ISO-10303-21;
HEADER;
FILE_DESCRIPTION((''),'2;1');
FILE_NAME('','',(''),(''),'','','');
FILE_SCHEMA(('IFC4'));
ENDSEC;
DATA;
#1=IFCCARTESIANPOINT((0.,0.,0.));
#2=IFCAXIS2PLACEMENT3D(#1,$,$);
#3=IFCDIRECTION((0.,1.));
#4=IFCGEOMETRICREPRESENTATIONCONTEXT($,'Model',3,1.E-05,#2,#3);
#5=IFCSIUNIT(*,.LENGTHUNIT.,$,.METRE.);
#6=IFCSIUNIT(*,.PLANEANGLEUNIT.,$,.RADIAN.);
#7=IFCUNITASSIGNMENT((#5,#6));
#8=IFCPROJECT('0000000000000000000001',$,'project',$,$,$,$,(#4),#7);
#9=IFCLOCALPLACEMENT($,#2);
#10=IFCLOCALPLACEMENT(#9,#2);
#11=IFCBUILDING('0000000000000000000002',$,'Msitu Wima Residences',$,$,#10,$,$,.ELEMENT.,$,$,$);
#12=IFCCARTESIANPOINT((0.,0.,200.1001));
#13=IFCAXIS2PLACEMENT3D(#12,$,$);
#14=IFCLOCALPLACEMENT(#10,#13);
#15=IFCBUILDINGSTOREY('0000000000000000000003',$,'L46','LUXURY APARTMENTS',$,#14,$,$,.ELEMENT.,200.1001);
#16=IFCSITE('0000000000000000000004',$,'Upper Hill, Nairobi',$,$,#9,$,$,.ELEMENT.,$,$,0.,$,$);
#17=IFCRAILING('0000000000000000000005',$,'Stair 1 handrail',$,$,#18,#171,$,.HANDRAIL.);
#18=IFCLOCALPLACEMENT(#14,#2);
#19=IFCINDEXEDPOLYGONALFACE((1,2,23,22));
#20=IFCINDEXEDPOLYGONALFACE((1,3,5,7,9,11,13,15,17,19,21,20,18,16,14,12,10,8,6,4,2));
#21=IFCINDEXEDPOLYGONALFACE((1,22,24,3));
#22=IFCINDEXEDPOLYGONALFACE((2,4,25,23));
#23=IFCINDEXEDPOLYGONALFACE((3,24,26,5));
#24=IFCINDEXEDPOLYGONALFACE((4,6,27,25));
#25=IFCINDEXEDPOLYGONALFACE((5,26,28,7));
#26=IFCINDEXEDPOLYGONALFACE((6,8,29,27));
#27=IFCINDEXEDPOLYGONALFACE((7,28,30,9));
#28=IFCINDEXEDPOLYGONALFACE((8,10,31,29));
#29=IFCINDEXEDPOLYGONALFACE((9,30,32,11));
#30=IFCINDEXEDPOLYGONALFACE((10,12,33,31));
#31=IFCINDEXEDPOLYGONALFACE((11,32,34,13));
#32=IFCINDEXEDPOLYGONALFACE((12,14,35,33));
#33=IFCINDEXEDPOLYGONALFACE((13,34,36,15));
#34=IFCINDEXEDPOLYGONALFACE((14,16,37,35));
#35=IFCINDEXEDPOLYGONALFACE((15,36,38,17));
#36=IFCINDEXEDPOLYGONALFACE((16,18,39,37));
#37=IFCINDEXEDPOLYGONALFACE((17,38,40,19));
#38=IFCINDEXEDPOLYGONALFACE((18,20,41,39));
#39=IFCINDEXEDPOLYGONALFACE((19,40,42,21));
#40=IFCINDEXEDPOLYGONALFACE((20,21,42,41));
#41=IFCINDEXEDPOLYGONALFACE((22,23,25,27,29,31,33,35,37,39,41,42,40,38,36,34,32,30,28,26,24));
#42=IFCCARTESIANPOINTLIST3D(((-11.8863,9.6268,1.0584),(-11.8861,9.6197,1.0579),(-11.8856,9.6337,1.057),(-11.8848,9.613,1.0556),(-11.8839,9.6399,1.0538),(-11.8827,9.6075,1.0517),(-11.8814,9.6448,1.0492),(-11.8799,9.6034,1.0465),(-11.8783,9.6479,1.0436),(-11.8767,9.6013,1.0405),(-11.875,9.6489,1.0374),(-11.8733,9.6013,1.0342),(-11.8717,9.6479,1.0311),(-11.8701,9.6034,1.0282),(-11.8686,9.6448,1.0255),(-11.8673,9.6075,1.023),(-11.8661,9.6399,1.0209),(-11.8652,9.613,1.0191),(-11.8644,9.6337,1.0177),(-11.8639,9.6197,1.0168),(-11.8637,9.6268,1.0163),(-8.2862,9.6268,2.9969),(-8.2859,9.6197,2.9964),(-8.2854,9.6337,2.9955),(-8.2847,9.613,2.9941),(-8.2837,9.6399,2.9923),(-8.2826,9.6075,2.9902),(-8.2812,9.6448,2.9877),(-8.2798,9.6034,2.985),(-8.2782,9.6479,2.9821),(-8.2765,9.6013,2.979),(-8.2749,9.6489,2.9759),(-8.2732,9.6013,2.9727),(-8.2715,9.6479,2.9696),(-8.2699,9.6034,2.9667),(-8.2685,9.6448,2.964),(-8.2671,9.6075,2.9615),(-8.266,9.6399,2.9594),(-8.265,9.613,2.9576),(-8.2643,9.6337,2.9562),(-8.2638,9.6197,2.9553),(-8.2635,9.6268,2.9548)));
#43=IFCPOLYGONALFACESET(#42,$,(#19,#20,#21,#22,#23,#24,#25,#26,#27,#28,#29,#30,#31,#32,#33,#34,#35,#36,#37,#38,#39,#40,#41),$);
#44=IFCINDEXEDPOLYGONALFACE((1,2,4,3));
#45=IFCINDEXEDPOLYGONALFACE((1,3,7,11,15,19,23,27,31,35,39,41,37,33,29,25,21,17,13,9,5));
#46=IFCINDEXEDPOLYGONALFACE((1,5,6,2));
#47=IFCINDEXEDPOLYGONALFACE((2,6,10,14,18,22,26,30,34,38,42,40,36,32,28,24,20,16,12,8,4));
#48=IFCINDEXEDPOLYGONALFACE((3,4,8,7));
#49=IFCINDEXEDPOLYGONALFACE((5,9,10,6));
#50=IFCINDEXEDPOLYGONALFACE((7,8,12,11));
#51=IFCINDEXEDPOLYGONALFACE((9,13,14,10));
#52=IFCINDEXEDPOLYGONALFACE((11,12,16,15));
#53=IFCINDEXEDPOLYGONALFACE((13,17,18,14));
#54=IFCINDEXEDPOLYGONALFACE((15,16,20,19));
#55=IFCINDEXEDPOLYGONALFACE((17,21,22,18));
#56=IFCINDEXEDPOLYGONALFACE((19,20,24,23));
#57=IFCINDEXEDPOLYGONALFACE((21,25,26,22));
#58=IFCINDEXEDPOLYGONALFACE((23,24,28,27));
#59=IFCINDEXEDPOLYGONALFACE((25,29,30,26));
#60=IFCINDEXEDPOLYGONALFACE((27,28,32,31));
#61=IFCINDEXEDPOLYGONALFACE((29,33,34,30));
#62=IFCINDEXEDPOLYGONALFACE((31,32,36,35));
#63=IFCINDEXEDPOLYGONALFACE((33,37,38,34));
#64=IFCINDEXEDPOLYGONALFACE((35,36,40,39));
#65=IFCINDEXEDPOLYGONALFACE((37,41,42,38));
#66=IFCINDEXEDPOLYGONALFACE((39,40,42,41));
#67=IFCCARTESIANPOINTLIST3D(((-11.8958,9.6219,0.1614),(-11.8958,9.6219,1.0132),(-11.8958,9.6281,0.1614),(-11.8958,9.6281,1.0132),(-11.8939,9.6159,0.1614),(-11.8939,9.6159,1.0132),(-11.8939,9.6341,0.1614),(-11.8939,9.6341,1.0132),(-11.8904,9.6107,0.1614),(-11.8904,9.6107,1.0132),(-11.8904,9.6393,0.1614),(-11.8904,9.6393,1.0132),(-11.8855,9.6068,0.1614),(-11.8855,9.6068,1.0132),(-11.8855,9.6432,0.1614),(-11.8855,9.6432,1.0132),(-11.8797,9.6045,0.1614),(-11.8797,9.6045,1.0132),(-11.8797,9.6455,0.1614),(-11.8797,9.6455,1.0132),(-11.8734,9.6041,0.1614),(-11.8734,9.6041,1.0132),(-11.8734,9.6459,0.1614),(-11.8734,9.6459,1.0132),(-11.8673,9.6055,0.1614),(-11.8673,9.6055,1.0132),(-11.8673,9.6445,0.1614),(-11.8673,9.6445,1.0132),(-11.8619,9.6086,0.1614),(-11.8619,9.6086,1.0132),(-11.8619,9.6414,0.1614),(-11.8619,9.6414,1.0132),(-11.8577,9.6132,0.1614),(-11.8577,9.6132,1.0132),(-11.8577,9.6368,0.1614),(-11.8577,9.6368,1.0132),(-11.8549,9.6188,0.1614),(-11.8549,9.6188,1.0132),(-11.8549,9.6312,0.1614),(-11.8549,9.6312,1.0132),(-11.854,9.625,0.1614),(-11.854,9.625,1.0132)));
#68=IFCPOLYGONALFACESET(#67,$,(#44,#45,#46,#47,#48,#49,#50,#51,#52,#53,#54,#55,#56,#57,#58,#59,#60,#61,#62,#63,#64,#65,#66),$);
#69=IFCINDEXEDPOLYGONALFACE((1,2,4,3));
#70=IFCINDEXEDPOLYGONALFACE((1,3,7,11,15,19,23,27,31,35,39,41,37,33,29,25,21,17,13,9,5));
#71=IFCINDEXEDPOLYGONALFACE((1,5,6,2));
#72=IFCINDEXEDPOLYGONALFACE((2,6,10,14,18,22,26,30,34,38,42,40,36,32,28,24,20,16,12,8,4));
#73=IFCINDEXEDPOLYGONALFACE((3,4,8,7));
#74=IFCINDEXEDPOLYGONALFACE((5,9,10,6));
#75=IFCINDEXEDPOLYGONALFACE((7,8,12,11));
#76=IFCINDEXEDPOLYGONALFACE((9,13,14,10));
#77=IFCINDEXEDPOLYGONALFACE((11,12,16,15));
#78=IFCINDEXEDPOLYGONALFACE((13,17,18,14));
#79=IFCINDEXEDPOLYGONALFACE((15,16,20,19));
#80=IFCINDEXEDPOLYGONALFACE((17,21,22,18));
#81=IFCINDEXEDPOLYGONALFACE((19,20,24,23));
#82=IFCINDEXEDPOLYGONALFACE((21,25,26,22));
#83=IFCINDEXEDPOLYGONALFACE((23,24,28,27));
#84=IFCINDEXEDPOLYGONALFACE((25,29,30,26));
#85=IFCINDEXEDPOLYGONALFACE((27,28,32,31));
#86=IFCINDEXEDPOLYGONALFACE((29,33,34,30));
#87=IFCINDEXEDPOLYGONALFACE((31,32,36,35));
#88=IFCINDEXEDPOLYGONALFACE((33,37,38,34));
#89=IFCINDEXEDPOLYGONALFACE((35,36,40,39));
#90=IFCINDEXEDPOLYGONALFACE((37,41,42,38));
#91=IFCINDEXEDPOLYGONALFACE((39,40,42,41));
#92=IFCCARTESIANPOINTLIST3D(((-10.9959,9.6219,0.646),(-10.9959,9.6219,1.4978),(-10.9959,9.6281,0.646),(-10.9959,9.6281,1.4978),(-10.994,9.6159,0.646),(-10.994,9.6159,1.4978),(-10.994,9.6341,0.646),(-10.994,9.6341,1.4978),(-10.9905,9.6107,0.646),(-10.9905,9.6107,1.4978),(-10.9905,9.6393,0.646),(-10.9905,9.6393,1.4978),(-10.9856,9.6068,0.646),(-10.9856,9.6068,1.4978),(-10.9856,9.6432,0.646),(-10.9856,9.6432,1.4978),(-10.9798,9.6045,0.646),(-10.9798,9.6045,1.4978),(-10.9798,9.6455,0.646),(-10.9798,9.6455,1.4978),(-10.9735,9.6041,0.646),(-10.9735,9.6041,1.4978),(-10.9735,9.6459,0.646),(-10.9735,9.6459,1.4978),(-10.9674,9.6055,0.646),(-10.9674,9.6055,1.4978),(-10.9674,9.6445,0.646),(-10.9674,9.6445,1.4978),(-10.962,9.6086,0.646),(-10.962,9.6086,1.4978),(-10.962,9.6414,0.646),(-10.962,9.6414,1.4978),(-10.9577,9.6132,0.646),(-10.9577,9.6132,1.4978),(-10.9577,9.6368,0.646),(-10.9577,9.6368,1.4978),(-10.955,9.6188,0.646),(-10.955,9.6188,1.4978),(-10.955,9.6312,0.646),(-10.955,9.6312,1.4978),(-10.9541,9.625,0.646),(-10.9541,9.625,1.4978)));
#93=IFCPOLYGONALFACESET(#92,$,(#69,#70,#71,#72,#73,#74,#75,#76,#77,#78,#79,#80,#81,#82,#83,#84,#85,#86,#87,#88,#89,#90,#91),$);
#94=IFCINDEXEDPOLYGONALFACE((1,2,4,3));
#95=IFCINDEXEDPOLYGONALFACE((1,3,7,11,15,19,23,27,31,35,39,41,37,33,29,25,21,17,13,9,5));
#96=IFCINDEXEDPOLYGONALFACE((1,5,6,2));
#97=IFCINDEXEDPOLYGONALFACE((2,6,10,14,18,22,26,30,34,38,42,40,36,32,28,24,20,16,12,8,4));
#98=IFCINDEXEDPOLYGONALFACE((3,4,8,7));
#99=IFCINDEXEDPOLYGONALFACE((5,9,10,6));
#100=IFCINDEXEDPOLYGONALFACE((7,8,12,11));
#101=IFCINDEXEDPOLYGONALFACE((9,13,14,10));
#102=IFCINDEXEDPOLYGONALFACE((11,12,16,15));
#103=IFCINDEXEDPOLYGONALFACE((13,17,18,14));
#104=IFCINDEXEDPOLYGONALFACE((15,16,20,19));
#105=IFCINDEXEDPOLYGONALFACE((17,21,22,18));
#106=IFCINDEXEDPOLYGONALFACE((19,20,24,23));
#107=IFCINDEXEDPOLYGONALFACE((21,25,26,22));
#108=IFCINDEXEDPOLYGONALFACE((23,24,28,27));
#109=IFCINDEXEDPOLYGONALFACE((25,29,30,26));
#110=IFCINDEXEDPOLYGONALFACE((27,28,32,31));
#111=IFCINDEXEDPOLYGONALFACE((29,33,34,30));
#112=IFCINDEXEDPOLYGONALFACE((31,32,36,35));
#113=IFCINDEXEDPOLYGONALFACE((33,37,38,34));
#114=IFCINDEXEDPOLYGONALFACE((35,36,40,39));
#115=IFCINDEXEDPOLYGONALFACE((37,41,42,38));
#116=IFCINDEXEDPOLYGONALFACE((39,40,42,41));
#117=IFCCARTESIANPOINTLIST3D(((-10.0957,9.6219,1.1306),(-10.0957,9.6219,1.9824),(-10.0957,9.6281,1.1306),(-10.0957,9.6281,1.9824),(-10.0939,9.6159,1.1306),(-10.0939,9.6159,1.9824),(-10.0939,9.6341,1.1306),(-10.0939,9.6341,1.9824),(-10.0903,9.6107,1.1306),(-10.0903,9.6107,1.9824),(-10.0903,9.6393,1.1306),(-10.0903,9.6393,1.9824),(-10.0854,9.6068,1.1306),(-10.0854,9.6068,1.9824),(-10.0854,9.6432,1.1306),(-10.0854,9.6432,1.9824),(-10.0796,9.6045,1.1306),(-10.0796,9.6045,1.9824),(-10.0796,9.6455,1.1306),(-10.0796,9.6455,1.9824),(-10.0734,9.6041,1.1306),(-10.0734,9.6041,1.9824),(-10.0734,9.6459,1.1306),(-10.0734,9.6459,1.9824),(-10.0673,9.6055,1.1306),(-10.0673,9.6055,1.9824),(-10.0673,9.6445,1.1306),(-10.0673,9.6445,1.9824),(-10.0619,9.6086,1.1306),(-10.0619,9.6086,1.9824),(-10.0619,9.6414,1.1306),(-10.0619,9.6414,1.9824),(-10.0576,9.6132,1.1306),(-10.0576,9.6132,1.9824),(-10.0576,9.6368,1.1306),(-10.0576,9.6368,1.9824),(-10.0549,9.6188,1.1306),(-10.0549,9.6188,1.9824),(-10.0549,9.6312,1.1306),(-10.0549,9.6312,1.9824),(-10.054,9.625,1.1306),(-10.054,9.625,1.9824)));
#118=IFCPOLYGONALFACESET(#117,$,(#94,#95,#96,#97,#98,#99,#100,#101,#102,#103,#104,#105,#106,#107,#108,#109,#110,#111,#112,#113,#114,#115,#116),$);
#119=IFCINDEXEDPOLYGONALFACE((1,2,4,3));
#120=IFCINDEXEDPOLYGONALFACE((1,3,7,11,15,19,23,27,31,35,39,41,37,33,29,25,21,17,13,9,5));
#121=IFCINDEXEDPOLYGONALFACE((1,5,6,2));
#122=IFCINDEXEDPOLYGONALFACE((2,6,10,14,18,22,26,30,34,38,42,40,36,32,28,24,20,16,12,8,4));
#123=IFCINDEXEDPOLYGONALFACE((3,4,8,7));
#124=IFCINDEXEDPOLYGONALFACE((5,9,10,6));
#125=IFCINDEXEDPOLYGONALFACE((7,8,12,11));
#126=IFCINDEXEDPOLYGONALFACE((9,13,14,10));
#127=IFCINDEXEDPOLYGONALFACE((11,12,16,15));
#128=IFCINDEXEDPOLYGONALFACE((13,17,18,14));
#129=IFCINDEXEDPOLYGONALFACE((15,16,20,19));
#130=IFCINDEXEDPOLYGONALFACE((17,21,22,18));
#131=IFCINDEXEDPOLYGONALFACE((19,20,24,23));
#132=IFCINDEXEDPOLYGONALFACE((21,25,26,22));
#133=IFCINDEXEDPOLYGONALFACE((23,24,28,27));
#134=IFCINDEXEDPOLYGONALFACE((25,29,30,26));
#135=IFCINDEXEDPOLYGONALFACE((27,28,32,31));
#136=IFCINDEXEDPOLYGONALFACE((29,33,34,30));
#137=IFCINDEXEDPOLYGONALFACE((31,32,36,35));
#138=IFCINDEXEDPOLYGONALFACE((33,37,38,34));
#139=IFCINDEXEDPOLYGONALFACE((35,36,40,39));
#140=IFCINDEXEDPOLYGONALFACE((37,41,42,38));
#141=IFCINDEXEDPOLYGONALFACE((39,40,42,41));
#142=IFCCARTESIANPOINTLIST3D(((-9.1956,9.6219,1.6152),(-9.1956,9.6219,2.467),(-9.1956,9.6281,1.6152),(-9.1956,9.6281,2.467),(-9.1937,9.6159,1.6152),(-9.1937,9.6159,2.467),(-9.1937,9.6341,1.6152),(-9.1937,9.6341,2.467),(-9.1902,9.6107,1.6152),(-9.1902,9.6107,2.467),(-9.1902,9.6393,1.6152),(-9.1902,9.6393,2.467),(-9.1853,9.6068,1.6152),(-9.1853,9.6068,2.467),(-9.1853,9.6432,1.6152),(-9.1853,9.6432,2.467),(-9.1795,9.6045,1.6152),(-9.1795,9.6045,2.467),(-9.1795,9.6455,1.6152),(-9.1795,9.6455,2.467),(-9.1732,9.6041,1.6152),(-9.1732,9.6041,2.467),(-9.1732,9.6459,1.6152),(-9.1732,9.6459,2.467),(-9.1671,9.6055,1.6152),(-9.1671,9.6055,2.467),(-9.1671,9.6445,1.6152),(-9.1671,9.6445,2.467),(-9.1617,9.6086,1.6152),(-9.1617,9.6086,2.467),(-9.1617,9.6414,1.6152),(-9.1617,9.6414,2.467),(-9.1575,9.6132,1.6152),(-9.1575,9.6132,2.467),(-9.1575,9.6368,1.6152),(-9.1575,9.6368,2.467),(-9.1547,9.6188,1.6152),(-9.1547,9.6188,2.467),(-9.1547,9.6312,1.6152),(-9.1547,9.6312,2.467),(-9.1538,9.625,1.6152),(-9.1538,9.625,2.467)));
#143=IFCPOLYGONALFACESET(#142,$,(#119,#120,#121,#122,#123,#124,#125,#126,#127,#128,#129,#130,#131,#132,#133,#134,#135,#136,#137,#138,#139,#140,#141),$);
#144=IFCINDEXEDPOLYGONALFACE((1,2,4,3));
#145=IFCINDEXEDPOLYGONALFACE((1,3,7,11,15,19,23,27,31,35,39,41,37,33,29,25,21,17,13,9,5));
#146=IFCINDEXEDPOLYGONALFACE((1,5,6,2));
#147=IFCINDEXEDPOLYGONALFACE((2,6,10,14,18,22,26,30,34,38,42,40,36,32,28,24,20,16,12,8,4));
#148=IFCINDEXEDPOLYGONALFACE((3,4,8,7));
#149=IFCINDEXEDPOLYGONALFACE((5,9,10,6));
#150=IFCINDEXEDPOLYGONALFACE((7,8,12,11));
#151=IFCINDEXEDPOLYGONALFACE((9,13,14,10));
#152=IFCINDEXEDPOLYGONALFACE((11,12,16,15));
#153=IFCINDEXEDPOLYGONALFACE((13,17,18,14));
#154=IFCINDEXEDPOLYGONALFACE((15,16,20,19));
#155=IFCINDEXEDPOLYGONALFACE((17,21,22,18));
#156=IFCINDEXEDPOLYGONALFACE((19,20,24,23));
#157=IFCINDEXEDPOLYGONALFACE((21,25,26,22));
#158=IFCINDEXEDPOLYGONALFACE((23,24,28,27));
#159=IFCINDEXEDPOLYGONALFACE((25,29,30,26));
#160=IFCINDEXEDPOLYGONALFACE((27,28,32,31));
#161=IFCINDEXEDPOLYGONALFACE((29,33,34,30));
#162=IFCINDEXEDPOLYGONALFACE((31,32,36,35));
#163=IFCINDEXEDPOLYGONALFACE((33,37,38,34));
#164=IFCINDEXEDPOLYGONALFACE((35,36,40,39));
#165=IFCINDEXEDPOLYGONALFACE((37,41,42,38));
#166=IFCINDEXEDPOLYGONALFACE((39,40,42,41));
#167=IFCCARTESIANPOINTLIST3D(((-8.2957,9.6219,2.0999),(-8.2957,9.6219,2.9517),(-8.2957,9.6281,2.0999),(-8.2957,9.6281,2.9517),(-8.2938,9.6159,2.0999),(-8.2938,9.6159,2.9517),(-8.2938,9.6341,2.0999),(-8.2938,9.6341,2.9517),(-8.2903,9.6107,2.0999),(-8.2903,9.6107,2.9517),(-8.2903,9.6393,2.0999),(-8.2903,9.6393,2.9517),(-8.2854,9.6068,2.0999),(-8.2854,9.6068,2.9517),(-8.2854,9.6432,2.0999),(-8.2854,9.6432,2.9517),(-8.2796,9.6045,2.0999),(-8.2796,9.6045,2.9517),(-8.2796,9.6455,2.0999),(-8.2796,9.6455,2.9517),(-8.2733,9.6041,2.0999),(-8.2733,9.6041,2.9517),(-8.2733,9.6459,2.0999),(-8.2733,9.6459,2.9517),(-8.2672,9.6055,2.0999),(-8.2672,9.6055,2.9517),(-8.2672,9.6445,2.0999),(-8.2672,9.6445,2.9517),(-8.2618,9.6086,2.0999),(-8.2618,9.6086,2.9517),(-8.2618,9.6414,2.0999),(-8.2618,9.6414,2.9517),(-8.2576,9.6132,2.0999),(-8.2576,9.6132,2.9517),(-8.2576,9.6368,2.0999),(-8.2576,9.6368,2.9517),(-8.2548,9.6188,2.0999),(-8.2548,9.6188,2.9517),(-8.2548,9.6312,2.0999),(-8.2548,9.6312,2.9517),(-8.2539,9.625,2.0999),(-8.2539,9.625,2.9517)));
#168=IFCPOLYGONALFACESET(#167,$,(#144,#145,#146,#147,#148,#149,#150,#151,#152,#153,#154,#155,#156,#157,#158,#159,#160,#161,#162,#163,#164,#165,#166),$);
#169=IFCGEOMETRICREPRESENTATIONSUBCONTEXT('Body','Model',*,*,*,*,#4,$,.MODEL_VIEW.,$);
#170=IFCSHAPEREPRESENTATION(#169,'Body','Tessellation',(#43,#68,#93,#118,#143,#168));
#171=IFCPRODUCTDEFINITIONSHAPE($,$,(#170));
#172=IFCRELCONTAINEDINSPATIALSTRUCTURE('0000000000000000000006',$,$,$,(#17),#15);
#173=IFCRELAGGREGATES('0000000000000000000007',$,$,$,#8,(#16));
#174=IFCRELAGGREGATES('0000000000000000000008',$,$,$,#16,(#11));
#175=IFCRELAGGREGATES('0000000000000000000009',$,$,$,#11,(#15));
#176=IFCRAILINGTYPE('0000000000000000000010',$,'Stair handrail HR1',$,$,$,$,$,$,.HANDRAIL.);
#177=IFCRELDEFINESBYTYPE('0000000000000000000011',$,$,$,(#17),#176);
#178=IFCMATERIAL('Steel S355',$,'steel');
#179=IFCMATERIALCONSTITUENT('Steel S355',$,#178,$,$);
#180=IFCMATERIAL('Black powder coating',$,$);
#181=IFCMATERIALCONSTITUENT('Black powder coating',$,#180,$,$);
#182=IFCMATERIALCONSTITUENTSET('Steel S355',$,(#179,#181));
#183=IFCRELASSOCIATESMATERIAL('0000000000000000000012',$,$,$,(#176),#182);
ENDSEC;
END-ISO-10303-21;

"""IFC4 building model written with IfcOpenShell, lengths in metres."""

from ifc_helpers import new_model, si_unit, direction, frame, origin, origin_2d, place, context, subcontext, project, spatial, circle, extrude, material, constituent, constituent_set, type_object, element, save


model = new_model("IFC4")

# Units and contexts
model_context = context("Model", 3, precision=1e-05, world=origin(), true_north=direction((0.0, 1.0)))
body_context = subcontext(model_context, "Body", "Model", "MODEL_VIEW")
ifc_project = project(units=[si_unit("LENGTHUNIT", "METRE"), si_unit("PLANEANGLEUNIT", "RADIAN")], contexts=[model_context])

# Site, building, storey
site_placement = place(None, origin())
site = spatial("IfcSite", under=ifc_project, at=site_placement, Name="Upper Hill, Nairobi", CompositionType="ELEMENT", RefElevation=0.0)
building_placement = place(site_placement, origin())
building = spatial("IfcBuilding", under=site, at=building_placement, Name="Msitu Wima Residences", CompositionType="ELEMENT")
storey_placement = place(building_placement, frame((0.0, 0.0, 200.1001)))
storey = spatial("IfcBuildingStorey", under=building, at=storey_placement, Name="L46", Description="LUXURY APARTMENTS", CompositionType="ELEMENT", Elevation=200.1001)

# Railing
ifc_material_1 = material(Name="Steel S355", Category="steel")
ifc_constituent_1 = constituent(ifc_material_1, Name="Steel S355")
ifc_material_2 = material(Name="Black powder coating")
ifc_constituent_2 = constituent(ifc_material_2, Name="Black powder coating")
ifc_constituent_set = constituent_set(constituents=[ifc_constituent_1, ifc_constituent_2], Name="Steel S355")
railing_type = type_object("IfcRailingType", Name="Stair handrail HR1", PredefinedType="HANDRAIL", material=ifc_constituent_set)
for number, where, name in (
    (1, (-11.875, 9.625, 0.1614), "Stair 1 handrail"),
):
    element("IfcRailing", number, at=place(storey_placement, frame(where)), inside=storey, type_object=railing_type, Name=name, PredefinedType="HANDRAIL", context=body_context, shape_type="SweptSolid", body=[
        extrude(circle(Radius=0.0239, at=origin_2d()), frame((0.0, 0.0, 0.876), z_axis=(0.880475, 0.0, 0.474093), x_axis=(0.0, 1.0, 0.0)), (0.0, 0.0, 1.0), 4.0889),
        extrude(circle(Radius=0.021, at=origin_2d()), origin(), (0.0, 0.0, 1.0), 0.8518),
        extrude(circle(Radius=0.021, at=origin_2d()), frame((0.8999, 0.0, 0.4846)), (0.0, 0.0, 1.0), 0.8518),
        extrude(circle(Radius=0.021, at=origin_2d()), frame((1.8, 0.0, 0.9692)), (0.0, 0.0, 1.0), 0.8518),
        extrude(circle(Radius=0.021, at=origin_2d()), frame((2.7002, 0.0, 1.4539)), (0.0, 0.0, 1.0), 0.8518),
        extrude(circle(Radius=0.021, at=origin_2d()), frame((3.6001, 0.0, 1.9385)), (0.0, 0.0, 1.0), 0.8518),
    ])

save(model, "model.ifc")
